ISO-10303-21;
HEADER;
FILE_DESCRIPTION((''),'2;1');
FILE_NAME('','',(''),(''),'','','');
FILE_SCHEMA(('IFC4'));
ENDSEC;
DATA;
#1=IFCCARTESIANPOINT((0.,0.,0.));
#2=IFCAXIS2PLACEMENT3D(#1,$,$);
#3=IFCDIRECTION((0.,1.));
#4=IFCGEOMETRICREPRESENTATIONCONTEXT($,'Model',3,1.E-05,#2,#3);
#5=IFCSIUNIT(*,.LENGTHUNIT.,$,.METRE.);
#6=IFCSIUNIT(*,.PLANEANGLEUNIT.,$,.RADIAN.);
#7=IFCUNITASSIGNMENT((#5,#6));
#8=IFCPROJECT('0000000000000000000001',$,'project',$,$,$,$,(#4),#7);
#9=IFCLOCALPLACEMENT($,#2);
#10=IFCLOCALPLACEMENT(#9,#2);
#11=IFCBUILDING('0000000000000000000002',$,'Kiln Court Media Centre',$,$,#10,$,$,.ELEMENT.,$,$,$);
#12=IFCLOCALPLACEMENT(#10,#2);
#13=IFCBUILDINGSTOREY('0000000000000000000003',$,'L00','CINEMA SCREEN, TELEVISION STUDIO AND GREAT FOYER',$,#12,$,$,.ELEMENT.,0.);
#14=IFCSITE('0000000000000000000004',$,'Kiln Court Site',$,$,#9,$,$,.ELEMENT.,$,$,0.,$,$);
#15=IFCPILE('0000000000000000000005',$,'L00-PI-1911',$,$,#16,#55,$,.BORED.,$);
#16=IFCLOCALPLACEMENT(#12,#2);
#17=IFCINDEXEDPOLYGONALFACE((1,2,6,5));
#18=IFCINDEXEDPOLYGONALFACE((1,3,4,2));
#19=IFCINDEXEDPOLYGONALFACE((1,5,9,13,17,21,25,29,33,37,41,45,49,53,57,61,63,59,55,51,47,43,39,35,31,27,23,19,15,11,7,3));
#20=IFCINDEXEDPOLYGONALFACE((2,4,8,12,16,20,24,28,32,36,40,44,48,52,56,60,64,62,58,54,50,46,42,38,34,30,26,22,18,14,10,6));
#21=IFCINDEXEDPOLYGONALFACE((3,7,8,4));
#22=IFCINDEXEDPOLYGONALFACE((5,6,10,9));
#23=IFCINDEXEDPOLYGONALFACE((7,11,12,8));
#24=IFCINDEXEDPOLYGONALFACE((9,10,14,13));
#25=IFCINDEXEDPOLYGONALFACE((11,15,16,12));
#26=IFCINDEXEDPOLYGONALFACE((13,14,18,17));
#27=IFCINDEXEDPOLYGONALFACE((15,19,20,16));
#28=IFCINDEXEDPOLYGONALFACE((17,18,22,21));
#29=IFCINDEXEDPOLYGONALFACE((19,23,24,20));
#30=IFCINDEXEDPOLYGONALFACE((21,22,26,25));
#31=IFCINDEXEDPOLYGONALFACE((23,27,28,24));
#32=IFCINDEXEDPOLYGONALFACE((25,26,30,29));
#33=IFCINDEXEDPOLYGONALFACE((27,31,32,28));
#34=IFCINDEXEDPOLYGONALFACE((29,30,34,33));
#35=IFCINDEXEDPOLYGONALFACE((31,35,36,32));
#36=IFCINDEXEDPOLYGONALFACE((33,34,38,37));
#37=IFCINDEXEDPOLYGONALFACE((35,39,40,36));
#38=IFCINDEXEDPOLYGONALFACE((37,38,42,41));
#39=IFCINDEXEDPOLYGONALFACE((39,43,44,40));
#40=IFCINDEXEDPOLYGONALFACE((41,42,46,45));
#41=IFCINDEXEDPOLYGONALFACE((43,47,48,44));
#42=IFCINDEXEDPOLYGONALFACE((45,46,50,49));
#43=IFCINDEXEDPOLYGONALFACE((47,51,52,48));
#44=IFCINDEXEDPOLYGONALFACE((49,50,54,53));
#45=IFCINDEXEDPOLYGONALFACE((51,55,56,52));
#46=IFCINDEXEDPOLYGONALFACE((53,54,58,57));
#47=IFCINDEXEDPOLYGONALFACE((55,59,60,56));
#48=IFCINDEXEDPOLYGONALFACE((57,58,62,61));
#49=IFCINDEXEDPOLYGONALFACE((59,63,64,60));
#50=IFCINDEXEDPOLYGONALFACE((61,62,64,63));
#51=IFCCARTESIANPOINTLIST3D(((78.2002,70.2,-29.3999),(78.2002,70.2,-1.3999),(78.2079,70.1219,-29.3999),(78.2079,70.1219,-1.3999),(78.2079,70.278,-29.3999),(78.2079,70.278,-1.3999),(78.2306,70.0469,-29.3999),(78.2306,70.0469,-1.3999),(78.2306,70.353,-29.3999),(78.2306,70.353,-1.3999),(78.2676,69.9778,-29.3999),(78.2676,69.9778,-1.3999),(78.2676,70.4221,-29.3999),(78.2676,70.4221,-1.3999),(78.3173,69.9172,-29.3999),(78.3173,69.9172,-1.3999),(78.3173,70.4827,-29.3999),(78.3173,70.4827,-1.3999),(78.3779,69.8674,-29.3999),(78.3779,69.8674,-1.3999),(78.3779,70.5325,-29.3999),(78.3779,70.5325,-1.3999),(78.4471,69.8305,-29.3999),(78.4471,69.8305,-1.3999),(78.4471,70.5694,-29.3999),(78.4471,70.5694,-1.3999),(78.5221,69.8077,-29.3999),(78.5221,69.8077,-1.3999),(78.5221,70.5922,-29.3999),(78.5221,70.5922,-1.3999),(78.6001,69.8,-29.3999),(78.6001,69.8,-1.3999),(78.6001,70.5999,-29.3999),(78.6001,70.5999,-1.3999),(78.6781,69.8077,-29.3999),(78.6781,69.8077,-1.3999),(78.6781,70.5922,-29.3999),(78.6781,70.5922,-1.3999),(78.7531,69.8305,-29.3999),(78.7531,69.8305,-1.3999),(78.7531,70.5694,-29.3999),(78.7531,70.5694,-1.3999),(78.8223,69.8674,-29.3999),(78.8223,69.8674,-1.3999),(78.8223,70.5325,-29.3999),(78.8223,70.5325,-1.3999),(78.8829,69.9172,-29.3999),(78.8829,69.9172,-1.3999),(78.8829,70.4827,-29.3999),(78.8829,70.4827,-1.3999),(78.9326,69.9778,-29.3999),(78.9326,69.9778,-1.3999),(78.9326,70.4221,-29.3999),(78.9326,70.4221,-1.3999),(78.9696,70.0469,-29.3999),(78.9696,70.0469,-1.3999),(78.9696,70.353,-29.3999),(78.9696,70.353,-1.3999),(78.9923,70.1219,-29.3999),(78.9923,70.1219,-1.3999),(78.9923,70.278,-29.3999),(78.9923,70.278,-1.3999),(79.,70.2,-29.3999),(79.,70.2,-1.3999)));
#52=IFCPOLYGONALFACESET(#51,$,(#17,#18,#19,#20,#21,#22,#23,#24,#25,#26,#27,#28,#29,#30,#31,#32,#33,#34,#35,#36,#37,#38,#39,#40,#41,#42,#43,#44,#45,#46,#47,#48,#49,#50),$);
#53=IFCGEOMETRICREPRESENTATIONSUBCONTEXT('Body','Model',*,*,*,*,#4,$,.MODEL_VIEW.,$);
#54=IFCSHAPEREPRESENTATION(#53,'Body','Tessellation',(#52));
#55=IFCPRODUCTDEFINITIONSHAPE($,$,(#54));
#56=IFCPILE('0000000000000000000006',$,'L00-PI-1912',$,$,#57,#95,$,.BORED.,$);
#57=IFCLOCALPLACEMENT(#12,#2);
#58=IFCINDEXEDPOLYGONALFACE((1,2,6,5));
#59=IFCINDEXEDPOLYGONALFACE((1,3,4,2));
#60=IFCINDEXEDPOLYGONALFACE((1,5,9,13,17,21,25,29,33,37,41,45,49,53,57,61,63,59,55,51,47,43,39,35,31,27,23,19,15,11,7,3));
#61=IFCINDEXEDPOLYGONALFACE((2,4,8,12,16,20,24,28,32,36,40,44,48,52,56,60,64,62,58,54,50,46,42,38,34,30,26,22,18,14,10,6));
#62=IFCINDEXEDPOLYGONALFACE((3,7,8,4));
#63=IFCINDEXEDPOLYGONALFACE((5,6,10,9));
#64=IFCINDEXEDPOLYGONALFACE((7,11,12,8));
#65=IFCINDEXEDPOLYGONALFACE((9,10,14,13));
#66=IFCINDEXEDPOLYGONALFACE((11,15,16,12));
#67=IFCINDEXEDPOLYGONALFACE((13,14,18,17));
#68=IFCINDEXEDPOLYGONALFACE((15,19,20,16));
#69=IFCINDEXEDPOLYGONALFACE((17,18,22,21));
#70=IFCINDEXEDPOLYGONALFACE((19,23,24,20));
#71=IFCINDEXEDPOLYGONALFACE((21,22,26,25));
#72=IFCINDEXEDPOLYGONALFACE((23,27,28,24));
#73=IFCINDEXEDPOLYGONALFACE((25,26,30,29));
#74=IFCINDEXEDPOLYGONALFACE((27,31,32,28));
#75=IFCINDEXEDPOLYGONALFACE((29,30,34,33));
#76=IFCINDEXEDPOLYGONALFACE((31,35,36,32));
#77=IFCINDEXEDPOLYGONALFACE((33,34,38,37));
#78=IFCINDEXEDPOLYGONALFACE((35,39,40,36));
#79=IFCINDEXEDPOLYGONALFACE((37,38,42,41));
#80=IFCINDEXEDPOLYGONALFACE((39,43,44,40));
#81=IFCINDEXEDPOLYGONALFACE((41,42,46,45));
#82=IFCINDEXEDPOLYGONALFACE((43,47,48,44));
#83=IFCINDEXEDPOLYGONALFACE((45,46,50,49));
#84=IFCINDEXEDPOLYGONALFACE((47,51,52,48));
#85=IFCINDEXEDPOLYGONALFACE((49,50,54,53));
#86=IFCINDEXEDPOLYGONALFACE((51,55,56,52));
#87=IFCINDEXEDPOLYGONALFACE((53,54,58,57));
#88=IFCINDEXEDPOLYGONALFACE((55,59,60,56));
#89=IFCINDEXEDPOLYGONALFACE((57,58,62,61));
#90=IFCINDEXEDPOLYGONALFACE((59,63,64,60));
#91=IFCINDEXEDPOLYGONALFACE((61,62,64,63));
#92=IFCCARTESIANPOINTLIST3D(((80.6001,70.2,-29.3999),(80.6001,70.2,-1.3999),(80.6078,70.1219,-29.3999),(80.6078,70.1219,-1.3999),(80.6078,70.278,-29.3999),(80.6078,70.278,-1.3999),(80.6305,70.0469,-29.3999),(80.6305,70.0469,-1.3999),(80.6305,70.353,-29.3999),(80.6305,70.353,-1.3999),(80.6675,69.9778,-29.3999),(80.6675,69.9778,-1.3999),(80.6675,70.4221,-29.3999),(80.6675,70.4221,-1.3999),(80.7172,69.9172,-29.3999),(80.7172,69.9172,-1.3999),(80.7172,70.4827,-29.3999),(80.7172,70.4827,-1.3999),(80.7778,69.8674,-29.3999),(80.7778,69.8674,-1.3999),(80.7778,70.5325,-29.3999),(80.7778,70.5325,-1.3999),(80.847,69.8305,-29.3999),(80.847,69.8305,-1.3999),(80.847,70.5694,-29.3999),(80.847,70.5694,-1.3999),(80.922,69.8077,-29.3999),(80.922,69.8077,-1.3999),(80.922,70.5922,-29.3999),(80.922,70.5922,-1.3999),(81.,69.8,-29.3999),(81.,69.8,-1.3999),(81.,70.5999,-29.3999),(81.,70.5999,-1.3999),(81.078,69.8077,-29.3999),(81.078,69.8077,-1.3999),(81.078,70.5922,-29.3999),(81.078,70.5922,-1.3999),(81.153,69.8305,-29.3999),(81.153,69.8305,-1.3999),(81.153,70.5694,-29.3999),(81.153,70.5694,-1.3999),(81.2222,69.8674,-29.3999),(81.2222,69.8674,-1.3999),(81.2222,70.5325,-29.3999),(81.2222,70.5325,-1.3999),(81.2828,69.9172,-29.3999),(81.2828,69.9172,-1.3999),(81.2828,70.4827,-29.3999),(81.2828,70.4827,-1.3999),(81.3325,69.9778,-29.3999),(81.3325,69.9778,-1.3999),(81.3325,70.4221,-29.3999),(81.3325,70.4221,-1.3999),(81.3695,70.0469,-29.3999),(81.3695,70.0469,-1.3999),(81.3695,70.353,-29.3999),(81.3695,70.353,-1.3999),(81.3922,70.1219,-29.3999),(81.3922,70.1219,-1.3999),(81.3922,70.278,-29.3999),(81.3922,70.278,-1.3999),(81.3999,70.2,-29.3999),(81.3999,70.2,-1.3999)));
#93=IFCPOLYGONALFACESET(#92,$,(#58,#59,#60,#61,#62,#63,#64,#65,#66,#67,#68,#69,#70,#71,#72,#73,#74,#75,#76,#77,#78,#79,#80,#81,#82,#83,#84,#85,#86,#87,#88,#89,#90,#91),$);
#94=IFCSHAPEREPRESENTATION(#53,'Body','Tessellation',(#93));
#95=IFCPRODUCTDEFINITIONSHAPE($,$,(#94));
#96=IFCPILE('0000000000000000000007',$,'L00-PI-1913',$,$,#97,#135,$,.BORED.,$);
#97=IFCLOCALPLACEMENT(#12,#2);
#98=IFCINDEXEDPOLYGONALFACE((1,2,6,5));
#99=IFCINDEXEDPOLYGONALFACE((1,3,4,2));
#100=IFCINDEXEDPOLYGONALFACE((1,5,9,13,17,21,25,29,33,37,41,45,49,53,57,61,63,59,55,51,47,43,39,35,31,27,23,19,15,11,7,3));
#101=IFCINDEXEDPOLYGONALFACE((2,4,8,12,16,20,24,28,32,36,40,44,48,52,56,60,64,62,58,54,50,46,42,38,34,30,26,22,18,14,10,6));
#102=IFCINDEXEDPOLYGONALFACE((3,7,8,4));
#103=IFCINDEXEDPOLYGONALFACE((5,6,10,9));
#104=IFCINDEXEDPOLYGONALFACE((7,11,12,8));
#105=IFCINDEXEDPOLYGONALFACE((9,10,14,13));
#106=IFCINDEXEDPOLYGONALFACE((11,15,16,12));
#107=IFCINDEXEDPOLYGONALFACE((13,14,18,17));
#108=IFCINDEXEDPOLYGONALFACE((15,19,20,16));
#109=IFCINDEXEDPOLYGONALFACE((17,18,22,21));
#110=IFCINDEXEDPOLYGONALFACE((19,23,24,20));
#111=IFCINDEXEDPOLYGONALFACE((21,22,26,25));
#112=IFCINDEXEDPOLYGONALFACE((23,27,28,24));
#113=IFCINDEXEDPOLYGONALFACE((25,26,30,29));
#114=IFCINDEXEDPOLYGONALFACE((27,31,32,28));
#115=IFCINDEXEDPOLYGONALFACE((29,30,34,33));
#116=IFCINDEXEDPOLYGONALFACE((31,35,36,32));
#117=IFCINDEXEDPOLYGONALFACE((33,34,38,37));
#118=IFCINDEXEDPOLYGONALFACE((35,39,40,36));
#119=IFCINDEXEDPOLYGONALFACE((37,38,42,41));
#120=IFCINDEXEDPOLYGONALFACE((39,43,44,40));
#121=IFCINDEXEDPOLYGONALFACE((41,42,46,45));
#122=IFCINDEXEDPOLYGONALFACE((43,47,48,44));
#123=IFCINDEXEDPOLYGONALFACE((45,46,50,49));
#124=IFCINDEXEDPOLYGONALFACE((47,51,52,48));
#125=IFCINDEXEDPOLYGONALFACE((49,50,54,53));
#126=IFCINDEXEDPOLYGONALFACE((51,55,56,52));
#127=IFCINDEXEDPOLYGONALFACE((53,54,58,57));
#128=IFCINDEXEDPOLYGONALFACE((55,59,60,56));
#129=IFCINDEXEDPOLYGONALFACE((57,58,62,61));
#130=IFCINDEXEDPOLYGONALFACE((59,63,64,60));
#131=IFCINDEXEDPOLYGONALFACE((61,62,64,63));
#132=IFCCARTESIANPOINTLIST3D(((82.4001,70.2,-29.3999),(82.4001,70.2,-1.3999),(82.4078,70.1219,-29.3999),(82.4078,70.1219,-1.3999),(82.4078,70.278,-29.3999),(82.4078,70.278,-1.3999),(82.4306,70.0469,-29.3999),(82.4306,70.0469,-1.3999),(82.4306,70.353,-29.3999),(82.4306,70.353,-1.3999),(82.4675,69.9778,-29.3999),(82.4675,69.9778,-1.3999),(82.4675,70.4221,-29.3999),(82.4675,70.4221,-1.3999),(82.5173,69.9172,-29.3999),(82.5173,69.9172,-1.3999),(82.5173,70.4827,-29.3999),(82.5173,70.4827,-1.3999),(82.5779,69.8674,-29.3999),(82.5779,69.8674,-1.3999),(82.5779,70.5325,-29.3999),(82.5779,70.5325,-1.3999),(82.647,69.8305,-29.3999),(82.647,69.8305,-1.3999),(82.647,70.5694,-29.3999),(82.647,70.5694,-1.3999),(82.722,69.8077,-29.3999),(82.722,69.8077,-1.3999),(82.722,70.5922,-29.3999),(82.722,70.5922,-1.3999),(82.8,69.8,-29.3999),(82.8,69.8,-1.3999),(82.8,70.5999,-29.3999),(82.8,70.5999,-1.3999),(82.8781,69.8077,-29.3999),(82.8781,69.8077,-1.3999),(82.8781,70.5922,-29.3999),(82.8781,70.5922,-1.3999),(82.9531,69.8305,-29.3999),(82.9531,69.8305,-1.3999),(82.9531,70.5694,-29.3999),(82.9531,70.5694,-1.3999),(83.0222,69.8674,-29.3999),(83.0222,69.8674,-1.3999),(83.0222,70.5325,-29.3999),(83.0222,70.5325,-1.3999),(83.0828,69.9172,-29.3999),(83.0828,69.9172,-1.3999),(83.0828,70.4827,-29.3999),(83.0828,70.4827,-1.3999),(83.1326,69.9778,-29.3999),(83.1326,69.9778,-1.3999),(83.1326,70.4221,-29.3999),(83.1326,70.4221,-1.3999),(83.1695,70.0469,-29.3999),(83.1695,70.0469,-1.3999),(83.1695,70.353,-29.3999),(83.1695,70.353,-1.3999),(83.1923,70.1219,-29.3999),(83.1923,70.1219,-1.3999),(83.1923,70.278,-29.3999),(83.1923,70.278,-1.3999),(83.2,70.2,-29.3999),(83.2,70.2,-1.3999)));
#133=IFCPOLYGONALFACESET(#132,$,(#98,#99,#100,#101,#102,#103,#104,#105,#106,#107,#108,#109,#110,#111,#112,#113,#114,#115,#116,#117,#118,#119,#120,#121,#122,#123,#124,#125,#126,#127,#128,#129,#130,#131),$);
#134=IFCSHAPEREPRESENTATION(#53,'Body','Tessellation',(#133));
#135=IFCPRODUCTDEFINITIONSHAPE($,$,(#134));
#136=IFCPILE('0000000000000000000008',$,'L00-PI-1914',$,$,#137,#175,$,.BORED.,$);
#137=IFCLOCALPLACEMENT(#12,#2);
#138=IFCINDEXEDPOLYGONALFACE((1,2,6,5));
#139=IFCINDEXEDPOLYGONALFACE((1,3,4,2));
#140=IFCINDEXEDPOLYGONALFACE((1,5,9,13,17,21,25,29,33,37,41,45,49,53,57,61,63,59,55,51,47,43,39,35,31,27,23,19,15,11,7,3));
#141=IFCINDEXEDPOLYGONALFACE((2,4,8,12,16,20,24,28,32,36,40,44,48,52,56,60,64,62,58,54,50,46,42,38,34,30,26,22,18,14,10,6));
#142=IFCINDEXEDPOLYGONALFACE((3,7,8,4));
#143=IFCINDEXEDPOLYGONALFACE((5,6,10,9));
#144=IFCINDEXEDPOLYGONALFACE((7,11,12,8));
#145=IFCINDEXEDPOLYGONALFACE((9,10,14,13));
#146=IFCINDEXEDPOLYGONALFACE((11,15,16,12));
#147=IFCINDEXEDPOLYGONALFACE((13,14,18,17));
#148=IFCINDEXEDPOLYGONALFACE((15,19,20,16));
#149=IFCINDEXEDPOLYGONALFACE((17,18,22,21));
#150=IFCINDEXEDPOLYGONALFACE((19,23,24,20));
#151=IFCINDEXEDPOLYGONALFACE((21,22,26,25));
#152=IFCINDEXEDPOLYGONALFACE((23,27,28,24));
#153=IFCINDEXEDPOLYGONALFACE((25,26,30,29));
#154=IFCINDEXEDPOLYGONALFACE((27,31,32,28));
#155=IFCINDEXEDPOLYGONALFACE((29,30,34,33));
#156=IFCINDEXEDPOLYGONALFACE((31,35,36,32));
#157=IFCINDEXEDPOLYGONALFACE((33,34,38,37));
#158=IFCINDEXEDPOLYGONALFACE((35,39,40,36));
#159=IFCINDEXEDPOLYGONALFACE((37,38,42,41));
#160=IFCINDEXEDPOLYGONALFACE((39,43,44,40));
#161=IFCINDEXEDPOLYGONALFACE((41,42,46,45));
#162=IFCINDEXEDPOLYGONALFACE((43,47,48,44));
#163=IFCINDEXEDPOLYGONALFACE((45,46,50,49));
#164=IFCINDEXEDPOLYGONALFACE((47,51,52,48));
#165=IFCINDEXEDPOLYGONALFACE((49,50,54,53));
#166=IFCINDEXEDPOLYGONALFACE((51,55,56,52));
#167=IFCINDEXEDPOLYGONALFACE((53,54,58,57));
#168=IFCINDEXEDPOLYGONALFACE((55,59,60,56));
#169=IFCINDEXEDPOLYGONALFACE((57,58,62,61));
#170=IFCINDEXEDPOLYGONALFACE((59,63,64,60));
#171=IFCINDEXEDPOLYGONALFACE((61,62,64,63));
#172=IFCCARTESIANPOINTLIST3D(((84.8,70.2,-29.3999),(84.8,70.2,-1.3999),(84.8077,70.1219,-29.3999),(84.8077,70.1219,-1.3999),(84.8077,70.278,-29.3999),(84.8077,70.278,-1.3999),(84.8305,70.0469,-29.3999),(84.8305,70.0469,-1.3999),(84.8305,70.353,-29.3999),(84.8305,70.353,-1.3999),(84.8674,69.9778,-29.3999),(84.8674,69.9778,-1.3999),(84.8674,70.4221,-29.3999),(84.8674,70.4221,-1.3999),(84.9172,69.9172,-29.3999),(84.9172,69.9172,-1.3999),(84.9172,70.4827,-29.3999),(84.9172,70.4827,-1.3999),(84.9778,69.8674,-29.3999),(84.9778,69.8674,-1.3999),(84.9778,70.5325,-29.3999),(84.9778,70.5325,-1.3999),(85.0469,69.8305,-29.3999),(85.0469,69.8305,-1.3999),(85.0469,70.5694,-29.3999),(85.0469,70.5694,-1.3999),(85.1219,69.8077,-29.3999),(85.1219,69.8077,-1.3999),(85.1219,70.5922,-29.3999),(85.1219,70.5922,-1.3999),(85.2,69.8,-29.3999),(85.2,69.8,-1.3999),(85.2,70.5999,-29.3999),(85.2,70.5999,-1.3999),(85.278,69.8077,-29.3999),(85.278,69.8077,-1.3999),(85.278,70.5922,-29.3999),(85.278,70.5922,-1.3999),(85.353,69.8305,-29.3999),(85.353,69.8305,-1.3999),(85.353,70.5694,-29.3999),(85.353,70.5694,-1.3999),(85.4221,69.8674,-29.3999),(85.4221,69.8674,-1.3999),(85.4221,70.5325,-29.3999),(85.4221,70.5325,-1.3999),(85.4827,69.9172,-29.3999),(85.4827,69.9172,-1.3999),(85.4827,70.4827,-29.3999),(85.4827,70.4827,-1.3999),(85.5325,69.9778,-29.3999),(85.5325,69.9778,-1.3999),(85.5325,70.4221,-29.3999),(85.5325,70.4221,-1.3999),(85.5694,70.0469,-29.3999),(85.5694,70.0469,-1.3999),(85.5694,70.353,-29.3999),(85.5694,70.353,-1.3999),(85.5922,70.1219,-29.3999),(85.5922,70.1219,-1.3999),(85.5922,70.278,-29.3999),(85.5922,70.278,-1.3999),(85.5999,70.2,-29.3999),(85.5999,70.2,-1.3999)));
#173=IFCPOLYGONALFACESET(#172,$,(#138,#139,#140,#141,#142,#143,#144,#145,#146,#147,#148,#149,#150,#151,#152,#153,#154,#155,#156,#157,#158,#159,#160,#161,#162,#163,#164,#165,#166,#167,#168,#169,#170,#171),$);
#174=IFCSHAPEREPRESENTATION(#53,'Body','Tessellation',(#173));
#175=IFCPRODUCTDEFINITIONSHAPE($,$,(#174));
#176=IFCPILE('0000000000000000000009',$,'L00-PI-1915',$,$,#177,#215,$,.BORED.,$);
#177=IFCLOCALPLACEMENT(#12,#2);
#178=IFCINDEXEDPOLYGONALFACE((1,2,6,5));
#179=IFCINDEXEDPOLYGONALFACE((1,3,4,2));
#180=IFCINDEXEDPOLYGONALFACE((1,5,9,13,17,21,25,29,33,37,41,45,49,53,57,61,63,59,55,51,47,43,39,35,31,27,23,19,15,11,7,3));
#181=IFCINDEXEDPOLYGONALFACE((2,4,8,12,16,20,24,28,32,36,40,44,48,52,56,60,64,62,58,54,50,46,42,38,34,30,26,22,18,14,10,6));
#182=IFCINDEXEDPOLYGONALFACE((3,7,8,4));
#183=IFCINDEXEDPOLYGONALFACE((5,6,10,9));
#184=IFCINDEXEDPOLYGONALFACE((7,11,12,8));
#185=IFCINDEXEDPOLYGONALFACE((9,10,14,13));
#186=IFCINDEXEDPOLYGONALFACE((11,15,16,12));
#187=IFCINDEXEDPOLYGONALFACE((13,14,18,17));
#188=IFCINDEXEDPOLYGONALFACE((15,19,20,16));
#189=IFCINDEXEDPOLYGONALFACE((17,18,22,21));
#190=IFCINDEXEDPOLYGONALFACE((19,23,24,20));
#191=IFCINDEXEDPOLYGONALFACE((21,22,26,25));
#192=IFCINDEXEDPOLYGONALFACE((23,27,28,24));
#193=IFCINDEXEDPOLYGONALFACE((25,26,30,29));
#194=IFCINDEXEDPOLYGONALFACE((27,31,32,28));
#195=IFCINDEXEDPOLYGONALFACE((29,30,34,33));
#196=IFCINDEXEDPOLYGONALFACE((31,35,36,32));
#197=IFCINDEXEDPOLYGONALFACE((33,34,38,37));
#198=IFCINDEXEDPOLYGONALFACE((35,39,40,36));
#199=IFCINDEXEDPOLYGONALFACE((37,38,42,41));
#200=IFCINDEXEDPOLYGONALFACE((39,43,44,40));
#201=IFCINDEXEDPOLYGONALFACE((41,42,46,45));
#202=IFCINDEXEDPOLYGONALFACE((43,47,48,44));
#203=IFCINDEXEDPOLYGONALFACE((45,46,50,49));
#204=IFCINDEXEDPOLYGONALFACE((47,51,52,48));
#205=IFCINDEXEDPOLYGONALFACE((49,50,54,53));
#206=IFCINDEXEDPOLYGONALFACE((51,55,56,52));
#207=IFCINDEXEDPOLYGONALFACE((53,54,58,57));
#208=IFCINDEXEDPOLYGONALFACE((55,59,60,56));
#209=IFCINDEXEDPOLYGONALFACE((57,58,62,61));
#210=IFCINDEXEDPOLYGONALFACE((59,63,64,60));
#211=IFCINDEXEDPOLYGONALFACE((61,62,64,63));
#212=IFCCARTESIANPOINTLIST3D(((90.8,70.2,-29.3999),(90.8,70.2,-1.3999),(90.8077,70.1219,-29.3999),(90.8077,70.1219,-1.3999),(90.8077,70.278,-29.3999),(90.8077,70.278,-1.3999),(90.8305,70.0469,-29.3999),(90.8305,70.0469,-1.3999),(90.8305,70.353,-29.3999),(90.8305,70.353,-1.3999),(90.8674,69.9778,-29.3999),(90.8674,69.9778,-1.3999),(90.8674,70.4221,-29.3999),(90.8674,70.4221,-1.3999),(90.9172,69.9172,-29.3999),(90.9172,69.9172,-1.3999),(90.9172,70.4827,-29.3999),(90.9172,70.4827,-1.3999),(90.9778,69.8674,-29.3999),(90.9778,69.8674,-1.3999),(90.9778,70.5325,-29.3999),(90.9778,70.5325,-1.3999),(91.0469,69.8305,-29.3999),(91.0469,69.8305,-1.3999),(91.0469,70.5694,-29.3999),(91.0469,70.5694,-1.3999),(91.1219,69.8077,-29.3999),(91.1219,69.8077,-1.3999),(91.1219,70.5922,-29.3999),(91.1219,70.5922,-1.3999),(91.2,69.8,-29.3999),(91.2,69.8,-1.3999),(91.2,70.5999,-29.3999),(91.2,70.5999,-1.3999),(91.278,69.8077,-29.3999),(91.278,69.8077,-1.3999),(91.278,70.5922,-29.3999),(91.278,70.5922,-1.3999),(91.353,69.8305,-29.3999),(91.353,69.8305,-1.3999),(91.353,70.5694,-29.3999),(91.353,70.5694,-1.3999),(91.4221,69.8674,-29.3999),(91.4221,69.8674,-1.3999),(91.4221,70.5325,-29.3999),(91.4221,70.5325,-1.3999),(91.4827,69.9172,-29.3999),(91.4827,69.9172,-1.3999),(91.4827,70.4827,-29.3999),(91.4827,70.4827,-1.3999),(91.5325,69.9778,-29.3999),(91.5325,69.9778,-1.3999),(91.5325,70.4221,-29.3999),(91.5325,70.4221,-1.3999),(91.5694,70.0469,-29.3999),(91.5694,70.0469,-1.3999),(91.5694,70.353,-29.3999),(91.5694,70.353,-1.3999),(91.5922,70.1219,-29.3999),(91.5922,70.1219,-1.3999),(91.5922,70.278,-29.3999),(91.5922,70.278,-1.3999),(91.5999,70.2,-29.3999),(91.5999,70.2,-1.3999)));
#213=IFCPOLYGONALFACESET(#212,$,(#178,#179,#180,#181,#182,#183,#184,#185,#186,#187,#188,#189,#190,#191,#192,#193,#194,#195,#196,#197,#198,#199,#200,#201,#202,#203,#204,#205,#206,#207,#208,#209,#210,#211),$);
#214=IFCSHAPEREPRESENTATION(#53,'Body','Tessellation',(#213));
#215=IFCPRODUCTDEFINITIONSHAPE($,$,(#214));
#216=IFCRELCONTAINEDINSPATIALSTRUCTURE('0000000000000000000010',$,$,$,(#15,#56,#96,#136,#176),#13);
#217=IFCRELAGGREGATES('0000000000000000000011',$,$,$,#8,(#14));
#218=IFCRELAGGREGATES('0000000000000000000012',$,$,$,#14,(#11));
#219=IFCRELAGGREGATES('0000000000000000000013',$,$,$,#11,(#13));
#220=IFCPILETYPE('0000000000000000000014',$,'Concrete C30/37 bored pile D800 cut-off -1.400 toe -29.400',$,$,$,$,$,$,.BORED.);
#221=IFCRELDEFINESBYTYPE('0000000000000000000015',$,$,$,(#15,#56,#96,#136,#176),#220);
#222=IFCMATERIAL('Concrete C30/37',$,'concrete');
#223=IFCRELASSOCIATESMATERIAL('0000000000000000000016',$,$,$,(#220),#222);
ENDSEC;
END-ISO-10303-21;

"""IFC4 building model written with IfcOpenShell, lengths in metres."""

from ifc_helpers import new_model, si_unit, direction, frame, origin, origin_2d, place, context, subcontext, project, spatial, circle, extrude, material, material_profile, profile_set, type_object, element, save


model = new_model("IFC4")

# Units and contexts
model_context = context("Model", 3, precision=1e-05, world=origin(), true_north=direction((0.0, 1.0)))
body_context = subcontext(model_context, "Body", "Model", "MODEL_VIEW")
ifc_project = project(units=[si_unit("LENGTHUNIT", "METRE"), si_unit("PLANEANGLEUNIT", "RADIAN")], contexts=[model_context])

# Site, building, storey
site_placement = place(None, origin())
site = spatial("IfcSite", under=ifc_project, at=site_placement, Name="Kiln Court Site", CompositionType="ELEMENT", RefElevation=0.0)
building_placement = place(site_placement, origin())
building = spatial("IfcBuilding", under=site, at=building_placement, Name="Kiln Court Media Centre", CompositionType="ELEMENT")
storey_placement = place(building_placement, origin())
storey = spatial("IfcBuildingStorey", under=building, at=storey_placement, Name="L00", Description="CINEMA SCREEN, TELEVISION STUDIO AND GREAT FOYER", CompositionType="ELEMENT", Elevation=0.0)

# Piles
ifc_material_1 = material(Name="Concrete C30/37", Category="concrete")
ifc_material_profile_1 = material_profile(ifc_material_1, circle(Radius=0.3999, at=origin_2d()), Name="PILE D800")
ifc_profile_set_1 = profile_set([ifc_material_profile_1], Name="Concrete C30/37")
pile_type = type_object("IfcPileType", Name="Concrete C30/37 bored pile D800 cut-off -1.400 toe -29.400", PredefinedType="BORED", material=ifc_profile_set_1)
for number, where, z_axis, x_axis, name in (
    (1, (78.6001, 70.2, -1.3999), (0.0, 0.0, -1.0), (1.0, 0.0, 0.0), "L00-PI-1911"),
    (2, (81.0, 70.2, -1.3999), (0.0, 0.0, -1.0), (1.0, 0.0, 0.0), "L00-PI-1912"),
    (3, (82.8, 70.2, -1.3999), (0.0, 0.0, -1.0), (1.0, 0.0, 0.0), "L00-PI-1913"),
    (4, (85.2, 70.2, -1.3999), (0.0, 0.0, -1.0), (1.0, 0.0, 0.0), "L00-PI-1914"),
    (5, (91.2, 70.2, -1.3999), (0.0, 0.0, -1.0), (1.0, 0.0, 0.0), "L00-PI-1915"),
):
    element("IfcPile", number, at=place(storey_placement, frame(where, z_axis=z_axis, x_axis=x_axis)), inside=storey, type_object=pile_type, Name=name, PredefinedType="BORED", context=body_context, shape_type="SweptSolid", body=[
        extrude(circle(Radius=0.3999, at=origin_2d()), origin(), (0.0, 0.0, 1.0), 28.0),
    ])

save(model, "model.ifc")
